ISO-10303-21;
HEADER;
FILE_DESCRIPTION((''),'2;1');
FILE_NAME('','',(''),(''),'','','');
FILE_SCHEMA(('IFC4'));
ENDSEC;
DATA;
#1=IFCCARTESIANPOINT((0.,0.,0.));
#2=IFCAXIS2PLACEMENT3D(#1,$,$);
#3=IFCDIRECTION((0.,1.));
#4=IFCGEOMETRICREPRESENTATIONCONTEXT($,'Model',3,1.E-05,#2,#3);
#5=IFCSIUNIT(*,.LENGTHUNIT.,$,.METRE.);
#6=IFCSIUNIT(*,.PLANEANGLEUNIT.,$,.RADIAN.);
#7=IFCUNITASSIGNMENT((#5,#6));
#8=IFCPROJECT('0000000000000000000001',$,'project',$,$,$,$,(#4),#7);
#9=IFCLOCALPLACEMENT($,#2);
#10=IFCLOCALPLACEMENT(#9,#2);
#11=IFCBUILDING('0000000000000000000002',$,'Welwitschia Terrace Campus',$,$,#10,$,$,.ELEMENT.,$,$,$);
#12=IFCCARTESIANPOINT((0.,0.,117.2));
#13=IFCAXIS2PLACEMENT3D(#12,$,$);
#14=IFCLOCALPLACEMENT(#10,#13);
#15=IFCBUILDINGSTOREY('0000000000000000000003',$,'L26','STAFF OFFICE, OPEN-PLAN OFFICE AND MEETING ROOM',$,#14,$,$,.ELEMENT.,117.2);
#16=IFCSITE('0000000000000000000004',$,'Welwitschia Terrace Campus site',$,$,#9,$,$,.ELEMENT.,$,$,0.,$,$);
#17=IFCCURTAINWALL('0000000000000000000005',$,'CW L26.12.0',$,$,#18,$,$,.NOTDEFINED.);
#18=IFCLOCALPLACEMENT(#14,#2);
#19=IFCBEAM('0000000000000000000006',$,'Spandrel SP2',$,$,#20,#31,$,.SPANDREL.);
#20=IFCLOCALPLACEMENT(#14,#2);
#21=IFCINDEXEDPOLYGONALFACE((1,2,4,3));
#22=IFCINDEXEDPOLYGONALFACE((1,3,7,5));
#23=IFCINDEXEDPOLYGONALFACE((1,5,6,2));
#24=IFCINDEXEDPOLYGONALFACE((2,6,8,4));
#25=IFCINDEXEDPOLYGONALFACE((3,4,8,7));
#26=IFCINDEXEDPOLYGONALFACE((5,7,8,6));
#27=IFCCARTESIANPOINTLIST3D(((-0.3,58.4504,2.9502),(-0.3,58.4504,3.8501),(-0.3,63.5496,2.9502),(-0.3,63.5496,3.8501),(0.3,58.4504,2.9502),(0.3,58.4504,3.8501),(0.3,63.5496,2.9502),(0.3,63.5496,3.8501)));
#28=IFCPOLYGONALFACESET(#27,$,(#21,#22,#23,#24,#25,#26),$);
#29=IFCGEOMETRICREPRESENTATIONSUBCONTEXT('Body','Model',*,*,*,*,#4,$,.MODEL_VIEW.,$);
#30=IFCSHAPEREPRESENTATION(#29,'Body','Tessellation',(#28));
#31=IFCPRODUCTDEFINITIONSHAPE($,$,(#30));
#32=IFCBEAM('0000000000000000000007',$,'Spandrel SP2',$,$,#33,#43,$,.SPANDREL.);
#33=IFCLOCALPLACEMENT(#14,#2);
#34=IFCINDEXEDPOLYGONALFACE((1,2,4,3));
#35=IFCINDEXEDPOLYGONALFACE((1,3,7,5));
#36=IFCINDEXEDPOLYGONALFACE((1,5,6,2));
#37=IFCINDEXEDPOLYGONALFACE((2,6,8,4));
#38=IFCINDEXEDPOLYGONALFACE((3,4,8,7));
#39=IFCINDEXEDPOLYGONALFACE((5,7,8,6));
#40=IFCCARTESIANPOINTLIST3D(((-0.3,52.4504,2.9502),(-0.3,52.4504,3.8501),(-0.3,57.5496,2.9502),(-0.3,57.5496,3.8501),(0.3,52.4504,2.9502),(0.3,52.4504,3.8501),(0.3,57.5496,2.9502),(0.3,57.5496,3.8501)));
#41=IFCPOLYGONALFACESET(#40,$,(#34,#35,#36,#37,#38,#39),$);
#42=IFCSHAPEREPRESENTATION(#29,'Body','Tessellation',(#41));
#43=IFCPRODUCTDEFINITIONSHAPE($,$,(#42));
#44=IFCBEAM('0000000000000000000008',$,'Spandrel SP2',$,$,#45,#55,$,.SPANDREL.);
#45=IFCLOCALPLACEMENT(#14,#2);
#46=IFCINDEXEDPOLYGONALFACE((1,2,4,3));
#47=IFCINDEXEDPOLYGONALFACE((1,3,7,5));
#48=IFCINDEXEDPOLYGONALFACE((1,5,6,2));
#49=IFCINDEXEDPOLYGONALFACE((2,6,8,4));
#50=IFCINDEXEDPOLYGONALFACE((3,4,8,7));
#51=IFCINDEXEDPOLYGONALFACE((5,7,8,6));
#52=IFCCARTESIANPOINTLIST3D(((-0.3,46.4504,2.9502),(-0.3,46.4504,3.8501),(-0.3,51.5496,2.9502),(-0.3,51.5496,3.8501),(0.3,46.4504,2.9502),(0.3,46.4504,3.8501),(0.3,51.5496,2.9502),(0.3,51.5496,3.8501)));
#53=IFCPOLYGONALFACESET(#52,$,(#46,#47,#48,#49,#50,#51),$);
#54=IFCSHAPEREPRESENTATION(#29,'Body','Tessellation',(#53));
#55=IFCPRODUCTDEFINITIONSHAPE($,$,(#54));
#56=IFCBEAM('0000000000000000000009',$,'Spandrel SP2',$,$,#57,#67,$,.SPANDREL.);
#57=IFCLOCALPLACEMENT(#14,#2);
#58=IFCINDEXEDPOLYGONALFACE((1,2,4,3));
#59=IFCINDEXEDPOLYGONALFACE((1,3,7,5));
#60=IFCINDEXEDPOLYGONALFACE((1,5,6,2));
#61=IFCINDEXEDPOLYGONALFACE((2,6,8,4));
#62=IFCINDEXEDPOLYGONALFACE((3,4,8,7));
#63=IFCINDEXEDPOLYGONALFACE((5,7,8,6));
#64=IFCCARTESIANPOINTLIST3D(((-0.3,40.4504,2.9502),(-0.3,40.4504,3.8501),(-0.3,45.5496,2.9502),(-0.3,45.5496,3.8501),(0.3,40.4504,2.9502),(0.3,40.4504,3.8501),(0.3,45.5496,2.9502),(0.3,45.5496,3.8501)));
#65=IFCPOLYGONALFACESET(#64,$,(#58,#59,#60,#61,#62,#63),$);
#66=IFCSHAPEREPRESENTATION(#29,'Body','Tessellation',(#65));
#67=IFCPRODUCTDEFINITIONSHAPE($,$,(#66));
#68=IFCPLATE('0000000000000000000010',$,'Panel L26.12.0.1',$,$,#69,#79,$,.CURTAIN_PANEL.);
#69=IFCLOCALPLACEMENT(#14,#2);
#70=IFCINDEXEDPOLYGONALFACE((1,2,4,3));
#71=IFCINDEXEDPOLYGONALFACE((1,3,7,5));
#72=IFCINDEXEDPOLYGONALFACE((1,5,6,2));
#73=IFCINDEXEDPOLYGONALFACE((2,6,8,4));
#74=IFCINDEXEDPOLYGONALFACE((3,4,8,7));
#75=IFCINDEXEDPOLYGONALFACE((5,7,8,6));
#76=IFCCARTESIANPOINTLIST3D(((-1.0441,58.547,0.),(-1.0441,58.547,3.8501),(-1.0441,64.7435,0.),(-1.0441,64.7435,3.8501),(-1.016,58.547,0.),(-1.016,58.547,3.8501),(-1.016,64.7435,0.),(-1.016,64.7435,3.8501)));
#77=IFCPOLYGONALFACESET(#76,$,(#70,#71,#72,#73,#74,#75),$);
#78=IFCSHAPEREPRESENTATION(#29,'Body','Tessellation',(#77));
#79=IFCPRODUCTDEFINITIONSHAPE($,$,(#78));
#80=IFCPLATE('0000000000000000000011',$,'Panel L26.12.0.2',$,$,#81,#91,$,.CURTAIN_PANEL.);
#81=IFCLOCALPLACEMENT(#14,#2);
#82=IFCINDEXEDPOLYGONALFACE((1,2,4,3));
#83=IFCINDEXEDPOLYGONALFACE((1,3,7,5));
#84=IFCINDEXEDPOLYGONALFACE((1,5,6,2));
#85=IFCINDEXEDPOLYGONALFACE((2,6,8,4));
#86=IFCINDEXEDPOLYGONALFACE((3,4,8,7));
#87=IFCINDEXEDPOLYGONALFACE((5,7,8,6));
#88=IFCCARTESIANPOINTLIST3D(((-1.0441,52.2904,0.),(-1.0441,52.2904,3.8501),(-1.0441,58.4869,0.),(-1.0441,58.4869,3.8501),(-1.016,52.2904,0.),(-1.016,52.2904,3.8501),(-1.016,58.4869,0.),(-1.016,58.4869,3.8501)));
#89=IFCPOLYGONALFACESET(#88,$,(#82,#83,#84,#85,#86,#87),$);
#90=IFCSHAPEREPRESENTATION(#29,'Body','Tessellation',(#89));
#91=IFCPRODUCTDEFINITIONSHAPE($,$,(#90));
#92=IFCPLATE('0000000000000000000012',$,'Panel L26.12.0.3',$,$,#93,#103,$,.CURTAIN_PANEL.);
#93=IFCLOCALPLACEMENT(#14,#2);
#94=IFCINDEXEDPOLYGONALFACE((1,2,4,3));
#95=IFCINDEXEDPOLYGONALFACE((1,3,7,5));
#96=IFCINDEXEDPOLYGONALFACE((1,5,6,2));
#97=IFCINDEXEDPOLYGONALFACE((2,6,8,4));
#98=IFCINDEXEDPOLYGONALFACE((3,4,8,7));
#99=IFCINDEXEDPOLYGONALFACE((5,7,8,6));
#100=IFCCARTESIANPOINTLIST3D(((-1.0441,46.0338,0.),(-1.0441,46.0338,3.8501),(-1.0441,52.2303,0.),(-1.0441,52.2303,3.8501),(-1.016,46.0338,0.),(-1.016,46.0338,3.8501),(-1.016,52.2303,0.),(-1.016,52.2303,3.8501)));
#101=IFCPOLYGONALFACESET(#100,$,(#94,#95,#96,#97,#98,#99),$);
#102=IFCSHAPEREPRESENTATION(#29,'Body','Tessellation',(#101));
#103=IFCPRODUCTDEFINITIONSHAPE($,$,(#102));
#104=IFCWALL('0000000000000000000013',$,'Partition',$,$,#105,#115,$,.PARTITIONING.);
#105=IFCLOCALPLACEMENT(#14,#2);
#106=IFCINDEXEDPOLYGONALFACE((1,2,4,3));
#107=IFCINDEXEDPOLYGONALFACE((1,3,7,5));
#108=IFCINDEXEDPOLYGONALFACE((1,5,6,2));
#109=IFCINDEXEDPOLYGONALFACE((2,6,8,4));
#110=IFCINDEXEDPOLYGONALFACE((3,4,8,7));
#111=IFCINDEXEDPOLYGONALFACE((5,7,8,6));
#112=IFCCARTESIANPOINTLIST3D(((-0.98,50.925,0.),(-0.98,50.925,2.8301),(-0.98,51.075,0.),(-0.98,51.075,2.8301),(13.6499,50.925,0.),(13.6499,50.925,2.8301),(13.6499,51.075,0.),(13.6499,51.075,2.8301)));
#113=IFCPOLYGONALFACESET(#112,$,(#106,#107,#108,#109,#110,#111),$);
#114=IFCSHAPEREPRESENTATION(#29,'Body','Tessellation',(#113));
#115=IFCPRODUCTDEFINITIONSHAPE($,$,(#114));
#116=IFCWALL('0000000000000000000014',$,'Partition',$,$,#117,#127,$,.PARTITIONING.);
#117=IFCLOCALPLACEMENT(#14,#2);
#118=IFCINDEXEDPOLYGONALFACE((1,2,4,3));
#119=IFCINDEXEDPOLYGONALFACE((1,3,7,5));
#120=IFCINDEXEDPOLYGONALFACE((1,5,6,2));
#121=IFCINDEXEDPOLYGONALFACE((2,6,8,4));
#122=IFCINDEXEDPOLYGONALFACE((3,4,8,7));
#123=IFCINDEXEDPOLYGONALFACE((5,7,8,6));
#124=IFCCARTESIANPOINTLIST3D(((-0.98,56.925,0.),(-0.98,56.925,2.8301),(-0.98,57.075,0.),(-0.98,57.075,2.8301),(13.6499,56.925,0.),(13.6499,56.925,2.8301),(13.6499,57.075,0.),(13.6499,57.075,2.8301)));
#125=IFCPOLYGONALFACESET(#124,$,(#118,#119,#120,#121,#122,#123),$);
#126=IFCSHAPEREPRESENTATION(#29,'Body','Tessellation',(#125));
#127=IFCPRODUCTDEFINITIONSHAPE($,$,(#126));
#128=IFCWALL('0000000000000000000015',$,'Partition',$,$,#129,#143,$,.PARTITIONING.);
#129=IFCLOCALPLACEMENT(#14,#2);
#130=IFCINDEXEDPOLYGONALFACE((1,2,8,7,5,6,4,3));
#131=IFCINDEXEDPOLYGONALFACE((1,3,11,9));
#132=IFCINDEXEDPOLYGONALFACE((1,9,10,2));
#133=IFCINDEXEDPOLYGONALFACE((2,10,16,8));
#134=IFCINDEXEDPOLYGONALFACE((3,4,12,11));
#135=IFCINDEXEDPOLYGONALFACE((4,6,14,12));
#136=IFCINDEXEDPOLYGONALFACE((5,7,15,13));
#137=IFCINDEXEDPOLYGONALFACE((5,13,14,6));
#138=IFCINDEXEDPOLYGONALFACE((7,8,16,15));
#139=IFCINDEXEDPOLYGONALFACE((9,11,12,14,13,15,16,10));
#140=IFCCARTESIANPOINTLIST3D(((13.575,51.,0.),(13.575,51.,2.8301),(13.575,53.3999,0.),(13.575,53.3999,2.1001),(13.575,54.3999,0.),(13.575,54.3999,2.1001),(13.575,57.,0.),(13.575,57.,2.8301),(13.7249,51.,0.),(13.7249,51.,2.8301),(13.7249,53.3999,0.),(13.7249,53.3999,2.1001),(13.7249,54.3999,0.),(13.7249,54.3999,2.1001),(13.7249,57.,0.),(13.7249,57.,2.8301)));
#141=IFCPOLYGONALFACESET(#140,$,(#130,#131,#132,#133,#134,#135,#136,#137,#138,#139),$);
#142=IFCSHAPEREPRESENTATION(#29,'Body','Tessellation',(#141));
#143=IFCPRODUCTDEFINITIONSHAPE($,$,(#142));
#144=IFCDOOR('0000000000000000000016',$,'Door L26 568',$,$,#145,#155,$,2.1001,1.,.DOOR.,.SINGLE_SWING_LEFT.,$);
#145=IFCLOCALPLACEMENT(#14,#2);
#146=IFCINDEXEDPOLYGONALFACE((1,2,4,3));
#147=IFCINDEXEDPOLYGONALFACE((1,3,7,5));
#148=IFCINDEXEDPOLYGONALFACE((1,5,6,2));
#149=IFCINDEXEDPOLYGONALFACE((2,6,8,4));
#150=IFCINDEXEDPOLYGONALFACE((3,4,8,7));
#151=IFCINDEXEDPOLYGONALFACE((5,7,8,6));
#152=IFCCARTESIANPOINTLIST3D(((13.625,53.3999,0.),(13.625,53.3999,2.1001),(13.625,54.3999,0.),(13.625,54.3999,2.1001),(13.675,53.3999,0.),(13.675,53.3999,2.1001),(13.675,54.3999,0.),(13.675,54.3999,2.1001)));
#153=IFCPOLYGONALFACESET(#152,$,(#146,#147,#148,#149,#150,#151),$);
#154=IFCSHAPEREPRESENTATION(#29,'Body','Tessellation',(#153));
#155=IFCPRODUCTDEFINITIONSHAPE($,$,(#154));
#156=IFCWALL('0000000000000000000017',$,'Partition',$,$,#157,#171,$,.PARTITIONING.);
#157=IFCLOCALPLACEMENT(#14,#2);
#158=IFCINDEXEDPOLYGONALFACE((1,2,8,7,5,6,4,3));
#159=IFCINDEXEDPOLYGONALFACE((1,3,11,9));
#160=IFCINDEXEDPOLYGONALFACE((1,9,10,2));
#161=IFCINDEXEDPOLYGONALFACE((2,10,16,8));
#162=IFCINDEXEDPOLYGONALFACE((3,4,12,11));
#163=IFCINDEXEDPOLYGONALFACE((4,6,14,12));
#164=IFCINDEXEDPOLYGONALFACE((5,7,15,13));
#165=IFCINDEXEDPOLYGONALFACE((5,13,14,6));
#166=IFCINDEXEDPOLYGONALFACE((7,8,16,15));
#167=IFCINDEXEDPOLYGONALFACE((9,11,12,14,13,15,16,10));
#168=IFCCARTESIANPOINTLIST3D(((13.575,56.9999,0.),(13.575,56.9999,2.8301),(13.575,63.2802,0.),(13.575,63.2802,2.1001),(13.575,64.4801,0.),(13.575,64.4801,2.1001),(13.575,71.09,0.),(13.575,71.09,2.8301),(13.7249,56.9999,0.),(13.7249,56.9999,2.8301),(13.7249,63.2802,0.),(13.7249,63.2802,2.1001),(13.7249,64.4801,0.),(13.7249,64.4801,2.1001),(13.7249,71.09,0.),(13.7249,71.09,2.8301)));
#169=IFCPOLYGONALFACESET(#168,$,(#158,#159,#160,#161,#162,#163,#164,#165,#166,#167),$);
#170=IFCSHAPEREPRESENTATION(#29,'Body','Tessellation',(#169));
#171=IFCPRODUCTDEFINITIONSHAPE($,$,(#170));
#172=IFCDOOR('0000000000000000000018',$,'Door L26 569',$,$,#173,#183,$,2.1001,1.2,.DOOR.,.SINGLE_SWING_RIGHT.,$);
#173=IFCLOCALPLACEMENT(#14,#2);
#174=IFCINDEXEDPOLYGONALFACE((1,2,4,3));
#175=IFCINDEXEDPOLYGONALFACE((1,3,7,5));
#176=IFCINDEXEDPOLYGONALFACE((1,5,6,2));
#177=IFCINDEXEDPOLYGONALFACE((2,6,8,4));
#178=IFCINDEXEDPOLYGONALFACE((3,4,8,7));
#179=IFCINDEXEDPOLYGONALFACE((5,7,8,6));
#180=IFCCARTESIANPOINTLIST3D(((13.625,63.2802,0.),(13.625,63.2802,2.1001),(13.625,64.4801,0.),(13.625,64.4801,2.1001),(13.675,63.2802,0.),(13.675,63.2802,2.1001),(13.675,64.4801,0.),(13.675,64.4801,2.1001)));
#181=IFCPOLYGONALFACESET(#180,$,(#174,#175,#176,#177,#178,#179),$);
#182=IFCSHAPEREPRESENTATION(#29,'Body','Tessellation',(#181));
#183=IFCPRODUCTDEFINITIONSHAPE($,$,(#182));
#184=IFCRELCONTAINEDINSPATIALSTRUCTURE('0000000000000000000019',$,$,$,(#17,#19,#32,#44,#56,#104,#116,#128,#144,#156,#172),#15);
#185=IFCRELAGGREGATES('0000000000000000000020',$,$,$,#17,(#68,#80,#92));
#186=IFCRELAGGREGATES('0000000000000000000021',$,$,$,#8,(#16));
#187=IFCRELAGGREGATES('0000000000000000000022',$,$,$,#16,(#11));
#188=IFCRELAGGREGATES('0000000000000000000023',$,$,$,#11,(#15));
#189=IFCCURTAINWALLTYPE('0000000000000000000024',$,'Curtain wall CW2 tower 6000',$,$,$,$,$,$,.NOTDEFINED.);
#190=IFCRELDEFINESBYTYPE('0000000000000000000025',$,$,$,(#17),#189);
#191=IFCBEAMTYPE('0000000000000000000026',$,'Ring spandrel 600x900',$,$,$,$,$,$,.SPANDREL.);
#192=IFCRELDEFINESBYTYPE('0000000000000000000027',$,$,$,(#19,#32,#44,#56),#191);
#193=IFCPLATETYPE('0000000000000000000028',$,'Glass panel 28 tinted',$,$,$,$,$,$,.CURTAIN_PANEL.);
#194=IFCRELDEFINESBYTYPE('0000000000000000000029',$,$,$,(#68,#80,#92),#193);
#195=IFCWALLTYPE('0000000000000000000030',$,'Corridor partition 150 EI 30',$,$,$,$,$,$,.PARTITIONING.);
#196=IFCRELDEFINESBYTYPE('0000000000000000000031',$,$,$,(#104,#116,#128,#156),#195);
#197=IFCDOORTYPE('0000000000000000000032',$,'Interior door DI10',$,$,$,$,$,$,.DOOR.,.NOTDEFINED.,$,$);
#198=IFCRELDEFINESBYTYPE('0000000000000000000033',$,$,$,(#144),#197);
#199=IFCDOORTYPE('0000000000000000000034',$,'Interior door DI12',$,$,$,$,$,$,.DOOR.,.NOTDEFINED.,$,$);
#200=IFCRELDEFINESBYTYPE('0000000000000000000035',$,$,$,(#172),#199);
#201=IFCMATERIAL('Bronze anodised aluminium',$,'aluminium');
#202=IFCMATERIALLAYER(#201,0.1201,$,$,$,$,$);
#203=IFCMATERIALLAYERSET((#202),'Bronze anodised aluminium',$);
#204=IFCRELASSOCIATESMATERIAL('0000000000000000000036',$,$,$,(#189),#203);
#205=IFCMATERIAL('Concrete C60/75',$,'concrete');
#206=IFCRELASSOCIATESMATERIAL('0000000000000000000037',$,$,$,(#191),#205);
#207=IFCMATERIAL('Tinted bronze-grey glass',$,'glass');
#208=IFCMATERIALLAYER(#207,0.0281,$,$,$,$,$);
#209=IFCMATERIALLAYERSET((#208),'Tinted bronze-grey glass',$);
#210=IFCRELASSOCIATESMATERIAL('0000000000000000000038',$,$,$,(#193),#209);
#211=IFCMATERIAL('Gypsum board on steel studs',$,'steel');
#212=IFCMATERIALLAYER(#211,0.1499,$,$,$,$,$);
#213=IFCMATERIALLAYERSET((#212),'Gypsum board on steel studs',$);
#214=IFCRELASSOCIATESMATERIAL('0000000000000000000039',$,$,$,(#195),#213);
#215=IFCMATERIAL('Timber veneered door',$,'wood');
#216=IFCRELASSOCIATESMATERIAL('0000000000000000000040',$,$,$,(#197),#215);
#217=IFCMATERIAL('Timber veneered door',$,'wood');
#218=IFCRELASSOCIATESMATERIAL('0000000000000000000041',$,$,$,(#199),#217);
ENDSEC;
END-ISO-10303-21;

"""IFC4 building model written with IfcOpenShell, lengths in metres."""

from ifc_helpers import new_model, si_unit, direction, frame, frame_2d, origin, origin_2d, place, context, subcontext, project, spatial, rectangle, extrude, material, layer, layer_set, material_profile, profile_set, type_object, element, fill, aggregate, save


model = new_model("IFC4")

# Units and contexts
model_context = context("Model", 3, precision=1e-05, world=origin(), true_north=direction((0.0, 1.0)))
body_context = subcontext(model_context, "Body", "Model", "MODEL_VIEW")
ifc_project = project(units=[si_unit("LENGTHUNIT", "METRE"), si_unit("PLANEANGLEUNIT", "RADIAN")], contexts=[model_context])

# Site, building, storey
site_placement = place(None, origin())
site = spatial("IfcSite", under=ifc_project, at=site_placement, Name="Welwitschia Terrace Campus site", CompositionType="ELEMENT", RefElevation=0.0)
building_placement = place(site_placement, origin())
building = spatial("IfcBuilding", under=site, at=building_placement, Name="Welwitschia Terrace Campus", CompositionType="ELEMENT")
storey_placement = place(building_placement, frame((0.0, 0.0, 117.2)))
storey = spatial("IfcBuildingStorey", under=building, at=storey_placement, Name="L26", Description="STAFF OFFICE, OPEN-PLAN OFFICE AND MEETING ROOM", CompositionType="ELEMENT", Elevation=117.2)

# Curtain wall
ifc_material_1 = material(Name="Bronze anodised aluminium", Category="aluminium")
ifc_layer_1 = layer(ifc_material_1, 0.1201)
ifc_layer_set_1 = layer_set([ifc_layer_1], Name="Bronze anodised aluminium")
curtain_wall_type = type_object("IfcCurtainWallType", Name="Curtain wall CW2 tower 6000", PredefinedType="NOTDEFINED", material=ifc_layer_set_1)
curtain_wall_placement = place(storey_placement, origin())
curtain_wall = element("IfcCurtainWall", 1, at=curtain_wall_placement, inside=storey, type_object=curtain_wall_type, Name="CW L26.12.0", PredefinedType="NOTDEFINED")

# Beams
ifc_material_2 = material(Name="Concrete C60/75", Category="concrete")
ifc_material_profile_1 = material_profile(ifc_material_2, rectangle(XDim=0.6001, YDim=0.8999, at=origin_2d()))
ifc_profile_set_1 = profile_set([ifc_material_profile_1], Name="Concrete C60/75")
beam_type_1 = type_object("IfcBeamType", Name="Ring spandrel 600x900", PredefinedType="SPANDREL", material=ifc_profile_set_1)
for number, where, z_axis, x_axis, name in (
    (2, (0.0, 63.5496, 3.4001), (0.0, -1.0, 0.0), (1.0, 0.0, 0.0), "Spandrel SP2"),
    (3, (0.0, 57.5496, 3.4001), (0.0, -1.0, 0.0), (1.0, 0.0, 0.0), "Spandrel SP2"),
    (4, (0.0, 51.5496, 3.4001), (0.0, -1.0, 0.0), (1.0, 0.0, 0.0), "Spandrel SP2"),
    (5, (0.0, 45.5496, 3.4001), (0.0, -1.0, 0.0), (1.0, 0.0, 0.0), "Spandrel SP2"),
):
    element("IfcBeam", number, at=place(storey_placement, frame(where, z_axis=z_axis, x_axis=x_axis)), inside=storey, type_object=beam_type_1, Name=name, PredefinedType="SPANDREL", context=body_context, shape_type="SweptSolid", body=[
        extrude(rectangle(XDim=0.6001, YDim=0.8999, at=origin_2d()), origin(), (0.0, 0.0, 1.0), 5.0991),
    ])

# Plates
ifc_material_3 = material(Name="Tinted bronze-grey glass", Category="glass")
ifc_layer_2 = layer(ifc_material_3, 0.0281)
ifc_layer_set_2 = layer_set([ifc_layer_2], Name="Tinted bronze-grey glass")
plate_type = type_object("IfcPlateType", Name="Glass panel 28 tinted", PredefinedType="CURTAIN_PANEL", material=ifc_layer_set_2)
plate_1_placement = place(storey_placement, frame((-1.03, 61.6453, 0.0), z_axis=(0.0, 0.0, 1.0), x_axis=(0.0, -1.0, 0.0)))
plate_1 = element("IfcPlate", 6, at=plate_1_placement, type_object=plate_type, Name="Panel L26.12.0.1", PredefinedType="CURTAIN_PANEL", context=body_context, shape_type="SweptSolid", body=[
    extrude(rectangle(XDim=6.1965, YDim=0.0281, at=origin_2d()), origin(), (0.0, 0.0, 1.0), 3.8501),
])
plate_2_placement = place(storey_placement, frame((-1.03, 55.3887, 0.0), z_axis=(0.0, 0.0, 1.0), x_axis=(0.0, -1.0, 0.0)))
plate_2 = element("IfcPlate", 7, at=plate_2_placement, type_object=plate_type, Name="Panel L26.12.0.2", PredefinedType="CURTAIN_PANEL", context=body_context, shape_type="SweptSolid", body=[
    extrude(rectangle(XDim=6.1965, YDim=0.0281, at=origin_2d()), origin(), (0.0, 0.0, 1.0), 3.8501),
])
plate_3_placement = place(storey_placement, frame((-1.03, 49.1321, 0.0), z_axis=(0.0, 0.0, 1.0), x_axis=(0.0, -1.0, 0.0)))
plate_3 = element("IfcPlate", 8, at=plate_3_placement, type_object=plate_type, Name="Panel L26.12.0.3", PredefinedType="CURTAIN_PANEL", context=body_context, shape_type="SweptSolid", body=[
    extrude(rectangle(XDim=6.1965, YDim=0.0281, at=origin_2d()), origin(), (0.0, 0.0, 1.0), 3.8501),
])
aggregate(curtain_wall, [plate_1, plate_2, plate_3])

# Walls
ifc_material_4 = material(Name="Gypsum board on steel studs", Category="steel")
ifc_layer_3 = layer(ifc_material_4, 0.1499)
ifc_layer_set_3 = layer_set([ifc_layer_3], Name="Gypsum board on steel studs")
wall_type = type_object("IfcWallType", Name="Corridor partition 150 EI 30", PredefinedType="PARTITIONING", material=ifc_layer_set_3)
for number, where, z_axis, x_axis, name in (
    (9, (-0.98, 51.0, 0.0), (0.0, 0.0, 1.0), (1.0, 0.0, 0.0), "Partition"),
    (10, (-0.98, 57.0, 0.0), (0.0, 0.0, 1.0), (1.0, 0.0, 0.0), "Partition"),
):
    element("IfcWall", number, at=place(storey_placement, frame(where, z_axis=z_axis, x_axis=x_axis)), inside=storey, type_object=wall_type, Name=name, PredefinedType="PARTITIONING", context=body_context, shape_type="SweptSolid", body=[
        extrude(rectangle(XDim=14.6299, YDim=0.1499, at=frame_2d((7.3149, 0.0))), origin(), (0.0, 0.0, 1.0), 2.8301),
    ])

# Walls, openings, doors
wall_1_placement = place(storey_placement, frame((13.6499, 51.0, 0.0), z_axis=(0.0, 0.0, 1.0), x_axis=(0.0, 1.0, 0.0)))
wall_1 = element("IfcWall", 11, at=wall_1_placement, inside=storey, type_object=wall_type, Name="Partition", PredefinedType="PARTITIONING", context=body_context, shape_type="SweptSolid", body=[
    extrude(rectangle(XDim=6.0, YDim=0.1499, at=frame_2d((3.0, 0.0))), origin(), (0.0, 0.0, 1.0), 2.8301),
])
opening_1_placement = place(wall_1_placement, frame((2.3999, 0.0, 0.0)))
opening_1 = element("IfcOpeningElement", 12, at=opening_1_placement, cuts=wall_1, PredefinedType="OPENING", context=body_context, shape_type="SweptSolid", body=[
    extrude(rectangle(XDim=1.0, YDim=2.1001, at=frame_2d((0.5, 1.05))), frame((0.0, 0.085, 0.0), z_axis=(0.0, -1.0, 0.0), x_axis=(1.0, 0.0, 0.0)), (0.0, 0.0, 1.0), 0.1699),
])
ifc_material_5 = material(Name="Timber veneered door", Category="wood")
door_type_1 = type_object("IfcDoorType", Name="Interior door DI10", OperationType="NOTDEFINED", PredefinedType="DOOR", material=ifc_material_5)
door_1_placement = place(opening_1_placement, origin())
door_1 = element("IfcDoor", 13, at=door_1_placement, inside=storey, type_object=door_type_1, Name="Door L26 568", OperationType="SINGLE_SWING_LEFT", OverallHeight=2.1001, OverallWidth=1.0, PredefinedType="DOOR", context=body_context, shape_type="SweptSolid", body=[
    extrude(rectangle(XDim=1.0, YDim=2.1001, at=frame_2d((0.5, 1.05))), frame((0.0, 0.0249, 0.0), z_axis=(0.0, -1.0, 0.0), x_axis=(1.0, 0.0, 0.0)), (0.0, 0.0, 1.0), 0.05),
])
fill(opening_1, door_1)
wall_2_placement = place(storey_placement, frame((13.6499, 57.0, 0.0), z_axis=(0.0, 0.0, 1.0), x_axis=(0.0, 1.0, 0.0)))
wall_2 = element("IfcWall", 14, at=wall_2_placement, inside=storey, type_object=wall_type, Name="Partition", PredefinedType="PARTITIONING", context=body_context, shape_type="SweptSolid", body=[
    extrude(rectangle(XDim=14.0901, YDim=0.1499, at=frame_2d((7.0449, 0.0))), origin(), (0.0, 0.0, 1.0), 2.8301),
])
opening_2_placement = place(wall_2_placement, frame((6.28, 0.0, 0.0)))
opening_2 = element("IfcOpeningElement", 15, at=opening_2_placement, cuts=wall_2, PredefinedType="OPENING", context=body_context, shape_type="SweptSolid", body=[
    extrude(rectangle(XDim=1.2, YDim=2.1001, at=frame_2d((0.6001, 1.05))), frame((0.0, 0.085, 0.0), z_axis=(0.0, -1.0, 0.0), x_axis=(1.0, 0.0, 0.0)), (0.0, 0.0, 1.0), 0.1699),
])
ifc_material_6 = material(Name="Timber veneered door", Category="wood")
door_type_2 = type_object("IfcDoorType", Name="Interior door DI12", OperationType="NOTDEFINED", PredefinedType="DOOR", material=ifc_material_6)
door_2_placement = place(opening_2_placement, origin())
door_2 = element("IfcDoor", 16, at=door_2_placement, inside=storey, type_object=door_type_2, Name="Door L26 569", OperationType="SINGLE_SWING_RIGHT", OverallHeight=2.1001, OverallWidth=1.2, PredefinedType="DOOR", context=body_context, shape_type="SweptSolid", body=[
    extrude(rectangle(XDim=1.2, YDim=2.1001, at=frame_2d((0.6001, 1.05))), frame((0.0, 0.0249, 0.0), z_axis=(0.0, -1.0, 0.0), x_axis=(1.0, 0.0, 0.0)), (0.0, 0.0, 1.0), 0.05),
])
fill(opening_2, door_2)

save(model, "model.ifc")
